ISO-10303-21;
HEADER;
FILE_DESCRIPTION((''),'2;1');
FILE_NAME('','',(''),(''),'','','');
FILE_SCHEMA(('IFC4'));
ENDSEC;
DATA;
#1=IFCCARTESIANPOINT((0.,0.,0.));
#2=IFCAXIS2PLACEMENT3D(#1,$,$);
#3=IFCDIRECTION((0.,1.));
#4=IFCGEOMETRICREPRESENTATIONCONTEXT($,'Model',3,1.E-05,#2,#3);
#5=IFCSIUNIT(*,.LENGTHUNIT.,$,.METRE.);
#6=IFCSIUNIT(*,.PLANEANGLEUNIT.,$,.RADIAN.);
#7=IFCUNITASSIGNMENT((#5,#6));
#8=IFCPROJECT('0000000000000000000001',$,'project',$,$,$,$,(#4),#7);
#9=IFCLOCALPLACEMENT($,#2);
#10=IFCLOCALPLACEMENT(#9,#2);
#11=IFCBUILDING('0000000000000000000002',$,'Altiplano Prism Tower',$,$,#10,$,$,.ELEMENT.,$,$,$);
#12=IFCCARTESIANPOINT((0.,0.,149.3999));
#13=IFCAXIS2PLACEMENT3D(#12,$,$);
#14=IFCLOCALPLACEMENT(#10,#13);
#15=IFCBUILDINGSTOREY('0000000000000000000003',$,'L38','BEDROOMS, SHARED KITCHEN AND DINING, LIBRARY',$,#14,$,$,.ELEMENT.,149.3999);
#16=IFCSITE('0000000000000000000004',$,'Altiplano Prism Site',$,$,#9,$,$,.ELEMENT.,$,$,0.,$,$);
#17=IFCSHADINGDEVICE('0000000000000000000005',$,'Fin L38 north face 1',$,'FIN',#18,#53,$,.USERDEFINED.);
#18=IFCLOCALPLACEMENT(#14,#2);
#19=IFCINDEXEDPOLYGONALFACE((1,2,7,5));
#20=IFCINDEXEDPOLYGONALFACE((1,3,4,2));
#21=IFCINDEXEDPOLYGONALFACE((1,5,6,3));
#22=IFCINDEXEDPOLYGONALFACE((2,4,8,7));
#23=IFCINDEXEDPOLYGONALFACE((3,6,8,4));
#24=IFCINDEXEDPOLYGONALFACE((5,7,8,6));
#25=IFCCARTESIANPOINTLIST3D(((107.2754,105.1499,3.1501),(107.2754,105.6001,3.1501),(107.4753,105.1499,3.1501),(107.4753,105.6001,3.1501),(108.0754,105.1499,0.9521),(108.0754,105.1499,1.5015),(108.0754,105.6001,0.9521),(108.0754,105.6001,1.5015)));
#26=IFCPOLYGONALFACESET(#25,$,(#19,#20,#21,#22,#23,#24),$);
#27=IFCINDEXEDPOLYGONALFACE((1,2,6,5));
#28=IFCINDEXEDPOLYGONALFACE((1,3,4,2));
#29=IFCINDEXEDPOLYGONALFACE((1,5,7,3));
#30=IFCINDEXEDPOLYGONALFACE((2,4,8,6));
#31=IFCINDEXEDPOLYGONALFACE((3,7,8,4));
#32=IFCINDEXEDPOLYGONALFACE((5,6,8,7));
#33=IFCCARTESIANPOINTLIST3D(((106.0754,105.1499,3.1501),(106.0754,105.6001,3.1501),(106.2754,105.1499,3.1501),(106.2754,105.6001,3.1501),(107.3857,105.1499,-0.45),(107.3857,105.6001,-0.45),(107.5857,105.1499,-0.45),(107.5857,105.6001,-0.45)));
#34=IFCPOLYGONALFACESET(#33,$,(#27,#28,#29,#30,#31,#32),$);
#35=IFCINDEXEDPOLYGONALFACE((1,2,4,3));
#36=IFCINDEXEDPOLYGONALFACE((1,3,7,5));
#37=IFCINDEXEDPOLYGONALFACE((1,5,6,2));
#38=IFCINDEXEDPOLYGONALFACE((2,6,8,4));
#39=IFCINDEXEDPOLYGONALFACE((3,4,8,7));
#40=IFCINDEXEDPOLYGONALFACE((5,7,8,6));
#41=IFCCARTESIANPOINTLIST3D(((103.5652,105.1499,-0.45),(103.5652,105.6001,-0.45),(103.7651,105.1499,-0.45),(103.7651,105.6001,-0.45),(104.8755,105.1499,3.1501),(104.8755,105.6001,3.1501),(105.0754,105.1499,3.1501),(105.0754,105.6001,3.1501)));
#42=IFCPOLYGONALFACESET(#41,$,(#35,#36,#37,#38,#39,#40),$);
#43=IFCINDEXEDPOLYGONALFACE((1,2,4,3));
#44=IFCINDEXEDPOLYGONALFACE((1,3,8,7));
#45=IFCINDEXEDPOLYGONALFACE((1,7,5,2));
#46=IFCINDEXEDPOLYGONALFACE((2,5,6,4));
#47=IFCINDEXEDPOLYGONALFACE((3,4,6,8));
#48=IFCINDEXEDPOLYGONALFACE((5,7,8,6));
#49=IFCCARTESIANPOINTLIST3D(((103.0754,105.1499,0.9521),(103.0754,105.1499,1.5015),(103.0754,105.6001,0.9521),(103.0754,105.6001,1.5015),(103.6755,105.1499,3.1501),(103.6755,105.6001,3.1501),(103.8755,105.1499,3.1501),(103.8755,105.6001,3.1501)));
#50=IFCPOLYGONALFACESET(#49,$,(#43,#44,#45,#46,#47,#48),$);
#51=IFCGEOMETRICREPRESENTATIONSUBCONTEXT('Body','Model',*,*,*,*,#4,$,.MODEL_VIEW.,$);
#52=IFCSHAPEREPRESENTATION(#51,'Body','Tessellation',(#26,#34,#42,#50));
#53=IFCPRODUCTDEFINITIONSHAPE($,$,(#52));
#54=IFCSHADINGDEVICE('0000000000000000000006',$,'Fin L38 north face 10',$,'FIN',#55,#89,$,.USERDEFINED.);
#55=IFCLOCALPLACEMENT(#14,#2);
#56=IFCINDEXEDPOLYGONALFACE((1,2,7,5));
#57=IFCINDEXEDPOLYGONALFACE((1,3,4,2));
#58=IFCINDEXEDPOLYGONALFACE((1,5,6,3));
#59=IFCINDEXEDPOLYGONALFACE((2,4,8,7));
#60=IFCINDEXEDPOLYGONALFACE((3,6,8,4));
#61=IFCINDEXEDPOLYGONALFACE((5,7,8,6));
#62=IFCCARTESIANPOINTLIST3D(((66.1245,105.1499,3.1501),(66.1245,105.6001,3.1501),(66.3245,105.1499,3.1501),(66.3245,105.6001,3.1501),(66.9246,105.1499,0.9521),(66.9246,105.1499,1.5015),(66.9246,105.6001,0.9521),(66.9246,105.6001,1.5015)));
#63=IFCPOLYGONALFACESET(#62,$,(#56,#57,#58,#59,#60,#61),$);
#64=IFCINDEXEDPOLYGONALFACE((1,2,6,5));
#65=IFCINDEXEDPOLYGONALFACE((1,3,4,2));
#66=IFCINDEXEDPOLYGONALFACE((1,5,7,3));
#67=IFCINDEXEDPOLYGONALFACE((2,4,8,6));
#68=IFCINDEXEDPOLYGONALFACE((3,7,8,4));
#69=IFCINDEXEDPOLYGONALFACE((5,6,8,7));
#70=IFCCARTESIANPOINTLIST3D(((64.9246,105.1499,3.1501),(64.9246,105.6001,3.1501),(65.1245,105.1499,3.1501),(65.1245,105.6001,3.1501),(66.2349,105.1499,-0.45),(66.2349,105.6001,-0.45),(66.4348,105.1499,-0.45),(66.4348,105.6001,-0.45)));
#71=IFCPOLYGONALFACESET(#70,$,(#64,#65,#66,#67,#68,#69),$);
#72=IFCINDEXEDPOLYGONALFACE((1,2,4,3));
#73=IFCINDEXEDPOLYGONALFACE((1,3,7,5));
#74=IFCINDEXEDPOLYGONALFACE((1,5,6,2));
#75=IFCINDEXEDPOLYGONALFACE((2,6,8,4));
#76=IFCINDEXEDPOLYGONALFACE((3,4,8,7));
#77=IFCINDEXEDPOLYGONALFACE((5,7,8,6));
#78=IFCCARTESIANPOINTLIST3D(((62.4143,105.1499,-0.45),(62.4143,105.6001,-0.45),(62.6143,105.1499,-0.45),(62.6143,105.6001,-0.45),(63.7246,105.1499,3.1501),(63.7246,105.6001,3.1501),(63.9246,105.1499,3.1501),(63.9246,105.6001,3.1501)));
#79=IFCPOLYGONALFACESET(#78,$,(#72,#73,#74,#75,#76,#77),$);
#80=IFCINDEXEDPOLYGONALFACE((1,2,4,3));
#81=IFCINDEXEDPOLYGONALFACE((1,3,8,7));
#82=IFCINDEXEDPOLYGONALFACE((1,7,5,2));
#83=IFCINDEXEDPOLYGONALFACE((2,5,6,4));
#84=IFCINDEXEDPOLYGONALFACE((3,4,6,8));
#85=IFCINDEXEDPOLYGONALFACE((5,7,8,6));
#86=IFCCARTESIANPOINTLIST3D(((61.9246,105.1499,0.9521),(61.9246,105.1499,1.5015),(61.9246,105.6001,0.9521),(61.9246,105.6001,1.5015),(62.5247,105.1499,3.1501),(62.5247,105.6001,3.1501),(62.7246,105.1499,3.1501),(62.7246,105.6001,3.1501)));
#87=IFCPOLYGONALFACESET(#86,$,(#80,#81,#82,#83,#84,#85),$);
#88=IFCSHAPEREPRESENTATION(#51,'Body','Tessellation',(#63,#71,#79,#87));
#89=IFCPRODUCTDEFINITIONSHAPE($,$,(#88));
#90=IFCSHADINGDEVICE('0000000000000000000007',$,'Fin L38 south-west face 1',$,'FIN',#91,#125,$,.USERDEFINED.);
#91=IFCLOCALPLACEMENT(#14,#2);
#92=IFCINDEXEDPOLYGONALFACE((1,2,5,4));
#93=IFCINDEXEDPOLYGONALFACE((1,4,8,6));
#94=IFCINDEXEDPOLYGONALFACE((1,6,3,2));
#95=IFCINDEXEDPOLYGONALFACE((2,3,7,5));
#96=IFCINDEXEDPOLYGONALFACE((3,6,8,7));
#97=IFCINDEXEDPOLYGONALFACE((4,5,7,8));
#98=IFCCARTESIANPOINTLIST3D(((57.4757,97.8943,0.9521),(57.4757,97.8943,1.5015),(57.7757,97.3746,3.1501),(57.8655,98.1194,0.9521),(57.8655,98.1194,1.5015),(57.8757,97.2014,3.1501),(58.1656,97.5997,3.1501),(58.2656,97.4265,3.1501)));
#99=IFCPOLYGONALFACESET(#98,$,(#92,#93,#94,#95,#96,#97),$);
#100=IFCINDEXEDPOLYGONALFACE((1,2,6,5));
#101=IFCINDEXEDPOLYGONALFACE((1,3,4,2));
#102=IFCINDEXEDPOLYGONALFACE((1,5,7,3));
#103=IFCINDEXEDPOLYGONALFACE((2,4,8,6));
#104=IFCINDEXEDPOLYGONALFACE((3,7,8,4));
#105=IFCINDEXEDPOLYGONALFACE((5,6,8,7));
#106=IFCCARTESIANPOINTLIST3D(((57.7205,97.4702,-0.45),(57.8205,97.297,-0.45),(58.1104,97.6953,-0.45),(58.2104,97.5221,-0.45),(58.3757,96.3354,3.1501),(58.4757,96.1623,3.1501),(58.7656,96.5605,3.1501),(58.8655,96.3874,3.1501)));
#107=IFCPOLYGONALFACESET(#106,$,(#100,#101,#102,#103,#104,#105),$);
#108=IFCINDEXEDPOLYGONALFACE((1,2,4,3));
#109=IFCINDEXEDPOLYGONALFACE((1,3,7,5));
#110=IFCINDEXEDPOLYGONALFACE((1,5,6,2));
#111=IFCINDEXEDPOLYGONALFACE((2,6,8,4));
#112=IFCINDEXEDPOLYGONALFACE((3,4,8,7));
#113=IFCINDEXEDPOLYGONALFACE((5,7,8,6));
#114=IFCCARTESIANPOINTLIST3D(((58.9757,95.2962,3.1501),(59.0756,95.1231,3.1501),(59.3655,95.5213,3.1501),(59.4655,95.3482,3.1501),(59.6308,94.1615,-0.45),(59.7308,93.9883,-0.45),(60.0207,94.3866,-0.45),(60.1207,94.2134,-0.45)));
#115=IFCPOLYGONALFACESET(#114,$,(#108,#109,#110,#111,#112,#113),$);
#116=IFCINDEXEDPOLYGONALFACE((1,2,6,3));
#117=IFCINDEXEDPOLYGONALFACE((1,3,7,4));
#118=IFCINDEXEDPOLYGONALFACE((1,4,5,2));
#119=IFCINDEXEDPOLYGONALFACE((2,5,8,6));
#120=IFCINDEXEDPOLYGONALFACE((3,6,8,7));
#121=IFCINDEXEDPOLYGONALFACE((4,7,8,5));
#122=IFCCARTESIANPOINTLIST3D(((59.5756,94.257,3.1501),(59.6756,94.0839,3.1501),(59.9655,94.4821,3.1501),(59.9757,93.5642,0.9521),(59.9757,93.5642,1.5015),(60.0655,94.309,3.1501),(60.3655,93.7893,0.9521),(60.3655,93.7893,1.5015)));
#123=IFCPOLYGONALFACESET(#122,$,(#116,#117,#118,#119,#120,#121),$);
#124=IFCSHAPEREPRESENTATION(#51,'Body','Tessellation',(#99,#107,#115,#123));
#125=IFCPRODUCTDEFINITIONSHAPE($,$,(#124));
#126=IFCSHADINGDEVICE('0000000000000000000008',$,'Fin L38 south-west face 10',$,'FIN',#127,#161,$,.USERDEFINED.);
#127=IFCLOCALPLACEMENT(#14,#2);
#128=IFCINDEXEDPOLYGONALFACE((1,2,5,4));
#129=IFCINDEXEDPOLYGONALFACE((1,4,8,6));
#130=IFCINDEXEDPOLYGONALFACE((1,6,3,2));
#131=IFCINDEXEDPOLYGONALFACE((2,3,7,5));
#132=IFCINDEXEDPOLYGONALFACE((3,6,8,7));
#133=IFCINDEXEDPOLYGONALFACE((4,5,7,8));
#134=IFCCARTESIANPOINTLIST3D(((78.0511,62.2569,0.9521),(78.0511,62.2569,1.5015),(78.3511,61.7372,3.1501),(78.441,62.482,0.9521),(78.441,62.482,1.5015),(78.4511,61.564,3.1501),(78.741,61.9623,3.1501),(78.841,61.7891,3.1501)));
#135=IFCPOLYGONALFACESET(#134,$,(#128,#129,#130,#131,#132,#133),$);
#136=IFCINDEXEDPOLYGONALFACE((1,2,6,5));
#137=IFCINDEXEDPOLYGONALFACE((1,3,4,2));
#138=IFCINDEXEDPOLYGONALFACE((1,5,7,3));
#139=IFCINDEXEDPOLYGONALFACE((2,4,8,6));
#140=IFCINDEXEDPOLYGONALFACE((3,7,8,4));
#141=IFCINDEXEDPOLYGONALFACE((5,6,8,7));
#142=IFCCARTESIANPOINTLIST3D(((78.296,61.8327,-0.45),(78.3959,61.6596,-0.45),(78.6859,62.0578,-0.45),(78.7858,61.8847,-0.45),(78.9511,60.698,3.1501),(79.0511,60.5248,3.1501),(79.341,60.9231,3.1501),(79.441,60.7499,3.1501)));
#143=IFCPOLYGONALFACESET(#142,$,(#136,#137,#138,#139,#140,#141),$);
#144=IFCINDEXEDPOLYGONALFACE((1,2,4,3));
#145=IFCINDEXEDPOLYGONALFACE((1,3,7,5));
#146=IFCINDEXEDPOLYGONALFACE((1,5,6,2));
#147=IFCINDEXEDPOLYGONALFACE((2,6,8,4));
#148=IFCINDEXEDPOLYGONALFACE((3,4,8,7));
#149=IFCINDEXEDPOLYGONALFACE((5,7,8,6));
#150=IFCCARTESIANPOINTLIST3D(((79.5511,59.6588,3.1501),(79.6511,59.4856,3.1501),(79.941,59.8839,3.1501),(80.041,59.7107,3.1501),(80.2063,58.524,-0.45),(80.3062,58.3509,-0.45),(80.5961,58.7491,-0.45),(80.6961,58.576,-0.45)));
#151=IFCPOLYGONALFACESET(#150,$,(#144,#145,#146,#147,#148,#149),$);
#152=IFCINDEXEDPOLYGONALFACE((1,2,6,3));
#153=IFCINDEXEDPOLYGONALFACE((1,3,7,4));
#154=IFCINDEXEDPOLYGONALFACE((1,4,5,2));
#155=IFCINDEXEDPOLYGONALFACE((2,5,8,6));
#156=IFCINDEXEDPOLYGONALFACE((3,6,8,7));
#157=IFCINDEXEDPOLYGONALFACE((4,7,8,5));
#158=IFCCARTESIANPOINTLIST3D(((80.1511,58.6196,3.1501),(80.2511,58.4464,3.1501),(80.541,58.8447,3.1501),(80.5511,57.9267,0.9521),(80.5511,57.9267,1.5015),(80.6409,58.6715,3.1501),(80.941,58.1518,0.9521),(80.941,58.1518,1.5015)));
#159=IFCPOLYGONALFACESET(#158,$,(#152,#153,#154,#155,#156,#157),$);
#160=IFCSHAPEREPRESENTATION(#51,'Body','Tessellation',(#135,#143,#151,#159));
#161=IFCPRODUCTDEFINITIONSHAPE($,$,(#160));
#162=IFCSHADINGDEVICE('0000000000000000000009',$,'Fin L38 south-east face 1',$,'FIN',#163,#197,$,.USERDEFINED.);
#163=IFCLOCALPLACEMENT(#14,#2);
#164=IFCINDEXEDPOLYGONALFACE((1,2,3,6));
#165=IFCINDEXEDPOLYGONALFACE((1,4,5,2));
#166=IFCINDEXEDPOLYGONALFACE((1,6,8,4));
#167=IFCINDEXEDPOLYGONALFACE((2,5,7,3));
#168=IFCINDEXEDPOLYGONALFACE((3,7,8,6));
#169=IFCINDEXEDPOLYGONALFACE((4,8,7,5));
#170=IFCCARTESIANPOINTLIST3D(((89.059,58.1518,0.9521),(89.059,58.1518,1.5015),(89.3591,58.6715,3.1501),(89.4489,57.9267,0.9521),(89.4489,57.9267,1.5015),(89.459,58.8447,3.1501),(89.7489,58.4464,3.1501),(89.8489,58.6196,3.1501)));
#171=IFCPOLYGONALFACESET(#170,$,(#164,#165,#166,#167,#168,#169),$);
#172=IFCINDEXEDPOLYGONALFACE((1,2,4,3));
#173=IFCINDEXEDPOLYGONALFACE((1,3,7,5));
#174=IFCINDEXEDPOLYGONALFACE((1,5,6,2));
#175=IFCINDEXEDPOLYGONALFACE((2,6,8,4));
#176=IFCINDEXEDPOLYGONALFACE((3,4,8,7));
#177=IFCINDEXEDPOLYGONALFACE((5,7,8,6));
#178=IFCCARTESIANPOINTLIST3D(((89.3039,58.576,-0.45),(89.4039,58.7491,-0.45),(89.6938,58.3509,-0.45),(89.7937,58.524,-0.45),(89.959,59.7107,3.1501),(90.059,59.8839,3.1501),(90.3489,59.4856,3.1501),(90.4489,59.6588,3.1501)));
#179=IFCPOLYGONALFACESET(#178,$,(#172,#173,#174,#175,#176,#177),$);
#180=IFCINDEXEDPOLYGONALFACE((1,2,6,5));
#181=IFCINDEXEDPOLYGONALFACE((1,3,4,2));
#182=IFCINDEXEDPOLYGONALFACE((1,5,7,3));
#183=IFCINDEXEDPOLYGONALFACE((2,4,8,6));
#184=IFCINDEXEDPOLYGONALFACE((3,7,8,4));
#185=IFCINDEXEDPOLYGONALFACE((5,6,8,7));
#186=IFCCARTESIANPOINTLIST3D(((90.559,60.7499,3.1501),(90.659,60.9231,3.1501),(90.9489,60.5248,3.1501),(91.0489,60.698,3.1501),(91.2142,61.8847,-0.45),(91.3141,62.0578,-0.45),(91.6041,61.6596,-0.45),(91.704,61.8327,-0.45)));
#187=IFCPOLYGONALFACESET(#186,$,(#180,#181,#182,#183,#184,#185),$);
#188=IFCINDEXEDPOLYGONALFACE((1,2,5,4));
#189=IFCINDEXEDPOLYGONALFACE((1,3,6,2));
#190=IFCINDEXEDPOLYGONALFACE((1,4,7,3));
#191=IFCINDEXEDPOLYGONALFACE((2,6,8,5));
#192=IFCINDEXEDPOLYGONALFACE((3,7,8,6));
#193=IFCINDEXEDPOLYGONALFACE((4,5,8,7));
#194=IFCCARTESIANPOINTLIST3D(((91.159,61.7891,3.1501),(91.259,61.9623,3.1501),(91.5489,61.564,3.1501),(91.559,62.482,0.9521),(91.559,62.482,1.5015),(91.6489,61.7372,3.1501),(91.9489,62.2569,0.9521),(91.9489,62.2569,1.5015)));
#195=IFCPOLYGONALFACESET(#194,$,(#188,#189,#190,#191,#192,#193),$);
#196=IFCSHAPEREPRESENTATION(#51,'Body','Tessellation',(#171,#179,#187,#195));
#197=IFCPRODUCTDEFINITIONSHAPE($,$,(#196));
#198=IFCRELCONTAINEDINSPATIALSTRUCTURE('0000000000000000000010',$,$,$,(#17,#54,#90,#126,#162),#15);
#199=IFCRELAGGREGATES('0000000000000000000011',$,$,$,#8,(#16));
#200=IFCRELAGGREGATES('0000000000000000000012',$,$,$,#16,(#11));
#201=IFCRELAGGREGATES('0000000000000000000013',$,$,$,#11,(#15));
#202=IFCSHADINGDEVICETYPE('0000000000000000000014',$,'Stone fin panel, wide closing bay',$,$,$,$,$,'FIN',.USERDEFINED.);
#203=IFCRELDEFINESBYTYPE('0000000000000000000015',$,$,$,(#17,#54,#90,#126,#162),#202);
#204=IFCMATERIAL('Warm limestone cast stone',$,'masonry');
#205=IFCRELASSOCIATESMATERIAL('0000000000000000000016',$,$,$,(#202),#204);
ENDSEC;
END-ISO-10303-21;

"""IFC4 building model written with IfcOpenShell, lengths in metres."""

from ifc_helpers import new_model, si_unit, direction, frame, origin, place, context, subcontext, project, spatial, polyline, outline, extrude, source, transform, mapped, material, type_object, element, save


model = new_model("IFC4")

# Units and contexts
model_context = context("Model", 3, precision=1e-05, world=origin(), true_north=direction((0.0, 1.0)))
body_context = subcontext(model_context, "Body", "Model", "MODEL_VIEW")
ifc_project = project(units=[si_unit("LENGTHUNIT", "METRE"), si_unit("PLANEANGLEUNIT", "RADIAN")], contexts=[model_context])

# Site, building, storey
site_placement = place(None, origin())
site = spatial("IfcSite", under=ifc_project, at=site_placement, Name="Altiplano Prism Site", CompositionType="ELEMENT", RefElevation=0.0)
building_placement = place(site_placement, origin())
building = spatial("IfcBuilding", under=site, at=building_placement, Name="Altiplano Prism Tower", CompositionType="ELEMENT")
storey_placement = place(building_placement, frame((0.0, 0.0, 149.3999)))
storey = spatial("IfcBuildingStorey", under=building, at=storey_placement, Name="L38", Description="BEDROOMS, SHARED KITCHEN AND DINING, LIBRARY", CompositionType="ELEMENT", Elevation=149.3999)

# Shading devices
ifc_material_1 = material(Name="Warm limestone cast stone", Category="masonry")
shading_device_type_1 = type_object("IfcShadingDeviceType", Name="Stone fin panel, wide closing bay", ElementType="FIN", PredefinedType="USERDEFINED", material=ifc_material_1)
shared_shape_1 = source(origin(), body_context, "Body", "SweptSolid", [
    extrude(outline(polyline([(-2.5, 1.4021), (-1.7, 3.6001), (-1.8999, 3.6001), (-2.5, 1.9514), (-2.5, 1.4021)])), frame((0.0, -0.1499, 0.0), z_axis=(0.0, -1.0, 0.0), x_axis=(1.0, 0.0, 0.0)), (0.0, 0.0, 1.0), 0.4502),
    extrude(outline(polyline([(-2.0103, 0.0), (-1.8103, 0.0), (-0.5, 3.6001), (-0.7, 3.6001), (-2.0103, 0.0)])), frame((0.0, -0.1499, 0.0), z_axis=(0.0, -1.0, 0.0), x_axis=(1.0, 0.0, 0.0)), (0.0, 0.0, 1.0), 0.4502),
    extrude(outline(polyline([(1.8103, 0.0), (2.0103, 0.0), (0.7, 3.6001), (0.5, 3.6001), (1.8103, 0.0)])), frame((0.0, -0.1499, 0.0), z_axis=(0.0, -1.0, 0.0), x_axis=(1.0, 0.0, 0.0)), (0.0, 0.0, 1.0), 0.4502),
    extrude(outline(polyline([(2.5, 1.9514), (1.8999, 3.6001), (1.7, 3.6001), (2.5, 1.4021), (2.5, 1.9514)])), frame((0.0, -0.1499, 0.0), z_axis=(0.0, -1.0, 0.0), x_axis=(1.0, 0.0, 0.0)), (0.0, 0.0, 1.0), 0.4502),
])
shading_device_1_placement = place(storey_placement, origin())
element("IfcShadingDevice", 1, at=shading_device_1_placement, inside=storey, type_object=shading_device_type_1, Name="Fin L38 north face 1", ObjectType="FIN", PredefinedType="USERDEFINED", context=body_context, shape_type="MappedRepresentation", body=[
    mapped(shared_shape_1, transform((105.5754, 105.0, -0.45), x_axis=(-1.0, 0.0, 0.0), y_axis=(0.0, -1.0, 0.0), z_axis=(0.0, 0.0, 1.0))),
])
shading_device_2_placement = place(storey_placement, origin())
element("IfcShadingDevice", 2, at=shading_device_2_placement, inside=storey, type_object=shading_device_type_1, Name="Fin L38 north face 10", ObjectType="FIN", PredefinedType="USERDEFINED", context=body_context, shape_type="MappedRepresentation", body=[
    mapped(shared_shape_1, transform((64.4246, 105.0, -0.45), x_axis=(-1.0, 0.0, 0.0), y_axis=(0.0, -1.0, 0.0), z_axis=(0.0, 0.0, 1.0))),
])
shading_device_3_placement = place(storey_placement, origin())
element("IfcShadingDevice", 3, at=shading_device_3_placement, inside=storey, type_object=shading_device_type_1, Name="Fin L38 south-west face 1", ObjectType="FIN", PredefinedType="USERDEFINED", context=body_context, shape_type="MappedRepresentation", body=[
    mapped(shared_shape_1, transform((59.2454, 96.0293, -0.45), x_axis=(0.5, -0.866025, 0.0), y_axis=(0.866025, 0.5, 0.0), z_axis=(0.0, 0.0, 1.0))),
])
shading_device_4_placement = place(storey_placement, origin())
element("IfcShadingDevice", 4, at=shading_device_4_placement, inside=storey, type_object=shading_device_type_1, Name="Fin L38 south-west face 10", ObjectType="FIN", PredefinedType="USERDEFINED", context=body_context, shape_type="MappedRepresentation", body=[
    mapped(shared_shape_1, transform((79.8208, 60.3918, -0.45), x_axis=(0.5, -0.866025, 0.0), y_axis=(0.866025, 0.5, 0.0), z_axis=(0.0, 0.0, 1.0))),
])
shading_device_5_placement = place(storey_placement, origin())
element("IfcShadingDevice", 5, at=shading_device_5_placement, inside=storey, type_object=shading_device_type_1, Name="Fin L38 south-east face 1", ObjectType="FIN", PredefinedType="USERDEFINED", context=body_context, shape_type="MappedRepresentation", body=[
    mapped(shared_shape_1, transform((90.1792, 60.3918, -0.45), x_axis=(0.5, 0.866025, 0.0), y_axis=(-0.866025, 0.5, 0.0), z_axis=(0.0, 0.0, 1.0))),
])

save(model, "model.ifc")
